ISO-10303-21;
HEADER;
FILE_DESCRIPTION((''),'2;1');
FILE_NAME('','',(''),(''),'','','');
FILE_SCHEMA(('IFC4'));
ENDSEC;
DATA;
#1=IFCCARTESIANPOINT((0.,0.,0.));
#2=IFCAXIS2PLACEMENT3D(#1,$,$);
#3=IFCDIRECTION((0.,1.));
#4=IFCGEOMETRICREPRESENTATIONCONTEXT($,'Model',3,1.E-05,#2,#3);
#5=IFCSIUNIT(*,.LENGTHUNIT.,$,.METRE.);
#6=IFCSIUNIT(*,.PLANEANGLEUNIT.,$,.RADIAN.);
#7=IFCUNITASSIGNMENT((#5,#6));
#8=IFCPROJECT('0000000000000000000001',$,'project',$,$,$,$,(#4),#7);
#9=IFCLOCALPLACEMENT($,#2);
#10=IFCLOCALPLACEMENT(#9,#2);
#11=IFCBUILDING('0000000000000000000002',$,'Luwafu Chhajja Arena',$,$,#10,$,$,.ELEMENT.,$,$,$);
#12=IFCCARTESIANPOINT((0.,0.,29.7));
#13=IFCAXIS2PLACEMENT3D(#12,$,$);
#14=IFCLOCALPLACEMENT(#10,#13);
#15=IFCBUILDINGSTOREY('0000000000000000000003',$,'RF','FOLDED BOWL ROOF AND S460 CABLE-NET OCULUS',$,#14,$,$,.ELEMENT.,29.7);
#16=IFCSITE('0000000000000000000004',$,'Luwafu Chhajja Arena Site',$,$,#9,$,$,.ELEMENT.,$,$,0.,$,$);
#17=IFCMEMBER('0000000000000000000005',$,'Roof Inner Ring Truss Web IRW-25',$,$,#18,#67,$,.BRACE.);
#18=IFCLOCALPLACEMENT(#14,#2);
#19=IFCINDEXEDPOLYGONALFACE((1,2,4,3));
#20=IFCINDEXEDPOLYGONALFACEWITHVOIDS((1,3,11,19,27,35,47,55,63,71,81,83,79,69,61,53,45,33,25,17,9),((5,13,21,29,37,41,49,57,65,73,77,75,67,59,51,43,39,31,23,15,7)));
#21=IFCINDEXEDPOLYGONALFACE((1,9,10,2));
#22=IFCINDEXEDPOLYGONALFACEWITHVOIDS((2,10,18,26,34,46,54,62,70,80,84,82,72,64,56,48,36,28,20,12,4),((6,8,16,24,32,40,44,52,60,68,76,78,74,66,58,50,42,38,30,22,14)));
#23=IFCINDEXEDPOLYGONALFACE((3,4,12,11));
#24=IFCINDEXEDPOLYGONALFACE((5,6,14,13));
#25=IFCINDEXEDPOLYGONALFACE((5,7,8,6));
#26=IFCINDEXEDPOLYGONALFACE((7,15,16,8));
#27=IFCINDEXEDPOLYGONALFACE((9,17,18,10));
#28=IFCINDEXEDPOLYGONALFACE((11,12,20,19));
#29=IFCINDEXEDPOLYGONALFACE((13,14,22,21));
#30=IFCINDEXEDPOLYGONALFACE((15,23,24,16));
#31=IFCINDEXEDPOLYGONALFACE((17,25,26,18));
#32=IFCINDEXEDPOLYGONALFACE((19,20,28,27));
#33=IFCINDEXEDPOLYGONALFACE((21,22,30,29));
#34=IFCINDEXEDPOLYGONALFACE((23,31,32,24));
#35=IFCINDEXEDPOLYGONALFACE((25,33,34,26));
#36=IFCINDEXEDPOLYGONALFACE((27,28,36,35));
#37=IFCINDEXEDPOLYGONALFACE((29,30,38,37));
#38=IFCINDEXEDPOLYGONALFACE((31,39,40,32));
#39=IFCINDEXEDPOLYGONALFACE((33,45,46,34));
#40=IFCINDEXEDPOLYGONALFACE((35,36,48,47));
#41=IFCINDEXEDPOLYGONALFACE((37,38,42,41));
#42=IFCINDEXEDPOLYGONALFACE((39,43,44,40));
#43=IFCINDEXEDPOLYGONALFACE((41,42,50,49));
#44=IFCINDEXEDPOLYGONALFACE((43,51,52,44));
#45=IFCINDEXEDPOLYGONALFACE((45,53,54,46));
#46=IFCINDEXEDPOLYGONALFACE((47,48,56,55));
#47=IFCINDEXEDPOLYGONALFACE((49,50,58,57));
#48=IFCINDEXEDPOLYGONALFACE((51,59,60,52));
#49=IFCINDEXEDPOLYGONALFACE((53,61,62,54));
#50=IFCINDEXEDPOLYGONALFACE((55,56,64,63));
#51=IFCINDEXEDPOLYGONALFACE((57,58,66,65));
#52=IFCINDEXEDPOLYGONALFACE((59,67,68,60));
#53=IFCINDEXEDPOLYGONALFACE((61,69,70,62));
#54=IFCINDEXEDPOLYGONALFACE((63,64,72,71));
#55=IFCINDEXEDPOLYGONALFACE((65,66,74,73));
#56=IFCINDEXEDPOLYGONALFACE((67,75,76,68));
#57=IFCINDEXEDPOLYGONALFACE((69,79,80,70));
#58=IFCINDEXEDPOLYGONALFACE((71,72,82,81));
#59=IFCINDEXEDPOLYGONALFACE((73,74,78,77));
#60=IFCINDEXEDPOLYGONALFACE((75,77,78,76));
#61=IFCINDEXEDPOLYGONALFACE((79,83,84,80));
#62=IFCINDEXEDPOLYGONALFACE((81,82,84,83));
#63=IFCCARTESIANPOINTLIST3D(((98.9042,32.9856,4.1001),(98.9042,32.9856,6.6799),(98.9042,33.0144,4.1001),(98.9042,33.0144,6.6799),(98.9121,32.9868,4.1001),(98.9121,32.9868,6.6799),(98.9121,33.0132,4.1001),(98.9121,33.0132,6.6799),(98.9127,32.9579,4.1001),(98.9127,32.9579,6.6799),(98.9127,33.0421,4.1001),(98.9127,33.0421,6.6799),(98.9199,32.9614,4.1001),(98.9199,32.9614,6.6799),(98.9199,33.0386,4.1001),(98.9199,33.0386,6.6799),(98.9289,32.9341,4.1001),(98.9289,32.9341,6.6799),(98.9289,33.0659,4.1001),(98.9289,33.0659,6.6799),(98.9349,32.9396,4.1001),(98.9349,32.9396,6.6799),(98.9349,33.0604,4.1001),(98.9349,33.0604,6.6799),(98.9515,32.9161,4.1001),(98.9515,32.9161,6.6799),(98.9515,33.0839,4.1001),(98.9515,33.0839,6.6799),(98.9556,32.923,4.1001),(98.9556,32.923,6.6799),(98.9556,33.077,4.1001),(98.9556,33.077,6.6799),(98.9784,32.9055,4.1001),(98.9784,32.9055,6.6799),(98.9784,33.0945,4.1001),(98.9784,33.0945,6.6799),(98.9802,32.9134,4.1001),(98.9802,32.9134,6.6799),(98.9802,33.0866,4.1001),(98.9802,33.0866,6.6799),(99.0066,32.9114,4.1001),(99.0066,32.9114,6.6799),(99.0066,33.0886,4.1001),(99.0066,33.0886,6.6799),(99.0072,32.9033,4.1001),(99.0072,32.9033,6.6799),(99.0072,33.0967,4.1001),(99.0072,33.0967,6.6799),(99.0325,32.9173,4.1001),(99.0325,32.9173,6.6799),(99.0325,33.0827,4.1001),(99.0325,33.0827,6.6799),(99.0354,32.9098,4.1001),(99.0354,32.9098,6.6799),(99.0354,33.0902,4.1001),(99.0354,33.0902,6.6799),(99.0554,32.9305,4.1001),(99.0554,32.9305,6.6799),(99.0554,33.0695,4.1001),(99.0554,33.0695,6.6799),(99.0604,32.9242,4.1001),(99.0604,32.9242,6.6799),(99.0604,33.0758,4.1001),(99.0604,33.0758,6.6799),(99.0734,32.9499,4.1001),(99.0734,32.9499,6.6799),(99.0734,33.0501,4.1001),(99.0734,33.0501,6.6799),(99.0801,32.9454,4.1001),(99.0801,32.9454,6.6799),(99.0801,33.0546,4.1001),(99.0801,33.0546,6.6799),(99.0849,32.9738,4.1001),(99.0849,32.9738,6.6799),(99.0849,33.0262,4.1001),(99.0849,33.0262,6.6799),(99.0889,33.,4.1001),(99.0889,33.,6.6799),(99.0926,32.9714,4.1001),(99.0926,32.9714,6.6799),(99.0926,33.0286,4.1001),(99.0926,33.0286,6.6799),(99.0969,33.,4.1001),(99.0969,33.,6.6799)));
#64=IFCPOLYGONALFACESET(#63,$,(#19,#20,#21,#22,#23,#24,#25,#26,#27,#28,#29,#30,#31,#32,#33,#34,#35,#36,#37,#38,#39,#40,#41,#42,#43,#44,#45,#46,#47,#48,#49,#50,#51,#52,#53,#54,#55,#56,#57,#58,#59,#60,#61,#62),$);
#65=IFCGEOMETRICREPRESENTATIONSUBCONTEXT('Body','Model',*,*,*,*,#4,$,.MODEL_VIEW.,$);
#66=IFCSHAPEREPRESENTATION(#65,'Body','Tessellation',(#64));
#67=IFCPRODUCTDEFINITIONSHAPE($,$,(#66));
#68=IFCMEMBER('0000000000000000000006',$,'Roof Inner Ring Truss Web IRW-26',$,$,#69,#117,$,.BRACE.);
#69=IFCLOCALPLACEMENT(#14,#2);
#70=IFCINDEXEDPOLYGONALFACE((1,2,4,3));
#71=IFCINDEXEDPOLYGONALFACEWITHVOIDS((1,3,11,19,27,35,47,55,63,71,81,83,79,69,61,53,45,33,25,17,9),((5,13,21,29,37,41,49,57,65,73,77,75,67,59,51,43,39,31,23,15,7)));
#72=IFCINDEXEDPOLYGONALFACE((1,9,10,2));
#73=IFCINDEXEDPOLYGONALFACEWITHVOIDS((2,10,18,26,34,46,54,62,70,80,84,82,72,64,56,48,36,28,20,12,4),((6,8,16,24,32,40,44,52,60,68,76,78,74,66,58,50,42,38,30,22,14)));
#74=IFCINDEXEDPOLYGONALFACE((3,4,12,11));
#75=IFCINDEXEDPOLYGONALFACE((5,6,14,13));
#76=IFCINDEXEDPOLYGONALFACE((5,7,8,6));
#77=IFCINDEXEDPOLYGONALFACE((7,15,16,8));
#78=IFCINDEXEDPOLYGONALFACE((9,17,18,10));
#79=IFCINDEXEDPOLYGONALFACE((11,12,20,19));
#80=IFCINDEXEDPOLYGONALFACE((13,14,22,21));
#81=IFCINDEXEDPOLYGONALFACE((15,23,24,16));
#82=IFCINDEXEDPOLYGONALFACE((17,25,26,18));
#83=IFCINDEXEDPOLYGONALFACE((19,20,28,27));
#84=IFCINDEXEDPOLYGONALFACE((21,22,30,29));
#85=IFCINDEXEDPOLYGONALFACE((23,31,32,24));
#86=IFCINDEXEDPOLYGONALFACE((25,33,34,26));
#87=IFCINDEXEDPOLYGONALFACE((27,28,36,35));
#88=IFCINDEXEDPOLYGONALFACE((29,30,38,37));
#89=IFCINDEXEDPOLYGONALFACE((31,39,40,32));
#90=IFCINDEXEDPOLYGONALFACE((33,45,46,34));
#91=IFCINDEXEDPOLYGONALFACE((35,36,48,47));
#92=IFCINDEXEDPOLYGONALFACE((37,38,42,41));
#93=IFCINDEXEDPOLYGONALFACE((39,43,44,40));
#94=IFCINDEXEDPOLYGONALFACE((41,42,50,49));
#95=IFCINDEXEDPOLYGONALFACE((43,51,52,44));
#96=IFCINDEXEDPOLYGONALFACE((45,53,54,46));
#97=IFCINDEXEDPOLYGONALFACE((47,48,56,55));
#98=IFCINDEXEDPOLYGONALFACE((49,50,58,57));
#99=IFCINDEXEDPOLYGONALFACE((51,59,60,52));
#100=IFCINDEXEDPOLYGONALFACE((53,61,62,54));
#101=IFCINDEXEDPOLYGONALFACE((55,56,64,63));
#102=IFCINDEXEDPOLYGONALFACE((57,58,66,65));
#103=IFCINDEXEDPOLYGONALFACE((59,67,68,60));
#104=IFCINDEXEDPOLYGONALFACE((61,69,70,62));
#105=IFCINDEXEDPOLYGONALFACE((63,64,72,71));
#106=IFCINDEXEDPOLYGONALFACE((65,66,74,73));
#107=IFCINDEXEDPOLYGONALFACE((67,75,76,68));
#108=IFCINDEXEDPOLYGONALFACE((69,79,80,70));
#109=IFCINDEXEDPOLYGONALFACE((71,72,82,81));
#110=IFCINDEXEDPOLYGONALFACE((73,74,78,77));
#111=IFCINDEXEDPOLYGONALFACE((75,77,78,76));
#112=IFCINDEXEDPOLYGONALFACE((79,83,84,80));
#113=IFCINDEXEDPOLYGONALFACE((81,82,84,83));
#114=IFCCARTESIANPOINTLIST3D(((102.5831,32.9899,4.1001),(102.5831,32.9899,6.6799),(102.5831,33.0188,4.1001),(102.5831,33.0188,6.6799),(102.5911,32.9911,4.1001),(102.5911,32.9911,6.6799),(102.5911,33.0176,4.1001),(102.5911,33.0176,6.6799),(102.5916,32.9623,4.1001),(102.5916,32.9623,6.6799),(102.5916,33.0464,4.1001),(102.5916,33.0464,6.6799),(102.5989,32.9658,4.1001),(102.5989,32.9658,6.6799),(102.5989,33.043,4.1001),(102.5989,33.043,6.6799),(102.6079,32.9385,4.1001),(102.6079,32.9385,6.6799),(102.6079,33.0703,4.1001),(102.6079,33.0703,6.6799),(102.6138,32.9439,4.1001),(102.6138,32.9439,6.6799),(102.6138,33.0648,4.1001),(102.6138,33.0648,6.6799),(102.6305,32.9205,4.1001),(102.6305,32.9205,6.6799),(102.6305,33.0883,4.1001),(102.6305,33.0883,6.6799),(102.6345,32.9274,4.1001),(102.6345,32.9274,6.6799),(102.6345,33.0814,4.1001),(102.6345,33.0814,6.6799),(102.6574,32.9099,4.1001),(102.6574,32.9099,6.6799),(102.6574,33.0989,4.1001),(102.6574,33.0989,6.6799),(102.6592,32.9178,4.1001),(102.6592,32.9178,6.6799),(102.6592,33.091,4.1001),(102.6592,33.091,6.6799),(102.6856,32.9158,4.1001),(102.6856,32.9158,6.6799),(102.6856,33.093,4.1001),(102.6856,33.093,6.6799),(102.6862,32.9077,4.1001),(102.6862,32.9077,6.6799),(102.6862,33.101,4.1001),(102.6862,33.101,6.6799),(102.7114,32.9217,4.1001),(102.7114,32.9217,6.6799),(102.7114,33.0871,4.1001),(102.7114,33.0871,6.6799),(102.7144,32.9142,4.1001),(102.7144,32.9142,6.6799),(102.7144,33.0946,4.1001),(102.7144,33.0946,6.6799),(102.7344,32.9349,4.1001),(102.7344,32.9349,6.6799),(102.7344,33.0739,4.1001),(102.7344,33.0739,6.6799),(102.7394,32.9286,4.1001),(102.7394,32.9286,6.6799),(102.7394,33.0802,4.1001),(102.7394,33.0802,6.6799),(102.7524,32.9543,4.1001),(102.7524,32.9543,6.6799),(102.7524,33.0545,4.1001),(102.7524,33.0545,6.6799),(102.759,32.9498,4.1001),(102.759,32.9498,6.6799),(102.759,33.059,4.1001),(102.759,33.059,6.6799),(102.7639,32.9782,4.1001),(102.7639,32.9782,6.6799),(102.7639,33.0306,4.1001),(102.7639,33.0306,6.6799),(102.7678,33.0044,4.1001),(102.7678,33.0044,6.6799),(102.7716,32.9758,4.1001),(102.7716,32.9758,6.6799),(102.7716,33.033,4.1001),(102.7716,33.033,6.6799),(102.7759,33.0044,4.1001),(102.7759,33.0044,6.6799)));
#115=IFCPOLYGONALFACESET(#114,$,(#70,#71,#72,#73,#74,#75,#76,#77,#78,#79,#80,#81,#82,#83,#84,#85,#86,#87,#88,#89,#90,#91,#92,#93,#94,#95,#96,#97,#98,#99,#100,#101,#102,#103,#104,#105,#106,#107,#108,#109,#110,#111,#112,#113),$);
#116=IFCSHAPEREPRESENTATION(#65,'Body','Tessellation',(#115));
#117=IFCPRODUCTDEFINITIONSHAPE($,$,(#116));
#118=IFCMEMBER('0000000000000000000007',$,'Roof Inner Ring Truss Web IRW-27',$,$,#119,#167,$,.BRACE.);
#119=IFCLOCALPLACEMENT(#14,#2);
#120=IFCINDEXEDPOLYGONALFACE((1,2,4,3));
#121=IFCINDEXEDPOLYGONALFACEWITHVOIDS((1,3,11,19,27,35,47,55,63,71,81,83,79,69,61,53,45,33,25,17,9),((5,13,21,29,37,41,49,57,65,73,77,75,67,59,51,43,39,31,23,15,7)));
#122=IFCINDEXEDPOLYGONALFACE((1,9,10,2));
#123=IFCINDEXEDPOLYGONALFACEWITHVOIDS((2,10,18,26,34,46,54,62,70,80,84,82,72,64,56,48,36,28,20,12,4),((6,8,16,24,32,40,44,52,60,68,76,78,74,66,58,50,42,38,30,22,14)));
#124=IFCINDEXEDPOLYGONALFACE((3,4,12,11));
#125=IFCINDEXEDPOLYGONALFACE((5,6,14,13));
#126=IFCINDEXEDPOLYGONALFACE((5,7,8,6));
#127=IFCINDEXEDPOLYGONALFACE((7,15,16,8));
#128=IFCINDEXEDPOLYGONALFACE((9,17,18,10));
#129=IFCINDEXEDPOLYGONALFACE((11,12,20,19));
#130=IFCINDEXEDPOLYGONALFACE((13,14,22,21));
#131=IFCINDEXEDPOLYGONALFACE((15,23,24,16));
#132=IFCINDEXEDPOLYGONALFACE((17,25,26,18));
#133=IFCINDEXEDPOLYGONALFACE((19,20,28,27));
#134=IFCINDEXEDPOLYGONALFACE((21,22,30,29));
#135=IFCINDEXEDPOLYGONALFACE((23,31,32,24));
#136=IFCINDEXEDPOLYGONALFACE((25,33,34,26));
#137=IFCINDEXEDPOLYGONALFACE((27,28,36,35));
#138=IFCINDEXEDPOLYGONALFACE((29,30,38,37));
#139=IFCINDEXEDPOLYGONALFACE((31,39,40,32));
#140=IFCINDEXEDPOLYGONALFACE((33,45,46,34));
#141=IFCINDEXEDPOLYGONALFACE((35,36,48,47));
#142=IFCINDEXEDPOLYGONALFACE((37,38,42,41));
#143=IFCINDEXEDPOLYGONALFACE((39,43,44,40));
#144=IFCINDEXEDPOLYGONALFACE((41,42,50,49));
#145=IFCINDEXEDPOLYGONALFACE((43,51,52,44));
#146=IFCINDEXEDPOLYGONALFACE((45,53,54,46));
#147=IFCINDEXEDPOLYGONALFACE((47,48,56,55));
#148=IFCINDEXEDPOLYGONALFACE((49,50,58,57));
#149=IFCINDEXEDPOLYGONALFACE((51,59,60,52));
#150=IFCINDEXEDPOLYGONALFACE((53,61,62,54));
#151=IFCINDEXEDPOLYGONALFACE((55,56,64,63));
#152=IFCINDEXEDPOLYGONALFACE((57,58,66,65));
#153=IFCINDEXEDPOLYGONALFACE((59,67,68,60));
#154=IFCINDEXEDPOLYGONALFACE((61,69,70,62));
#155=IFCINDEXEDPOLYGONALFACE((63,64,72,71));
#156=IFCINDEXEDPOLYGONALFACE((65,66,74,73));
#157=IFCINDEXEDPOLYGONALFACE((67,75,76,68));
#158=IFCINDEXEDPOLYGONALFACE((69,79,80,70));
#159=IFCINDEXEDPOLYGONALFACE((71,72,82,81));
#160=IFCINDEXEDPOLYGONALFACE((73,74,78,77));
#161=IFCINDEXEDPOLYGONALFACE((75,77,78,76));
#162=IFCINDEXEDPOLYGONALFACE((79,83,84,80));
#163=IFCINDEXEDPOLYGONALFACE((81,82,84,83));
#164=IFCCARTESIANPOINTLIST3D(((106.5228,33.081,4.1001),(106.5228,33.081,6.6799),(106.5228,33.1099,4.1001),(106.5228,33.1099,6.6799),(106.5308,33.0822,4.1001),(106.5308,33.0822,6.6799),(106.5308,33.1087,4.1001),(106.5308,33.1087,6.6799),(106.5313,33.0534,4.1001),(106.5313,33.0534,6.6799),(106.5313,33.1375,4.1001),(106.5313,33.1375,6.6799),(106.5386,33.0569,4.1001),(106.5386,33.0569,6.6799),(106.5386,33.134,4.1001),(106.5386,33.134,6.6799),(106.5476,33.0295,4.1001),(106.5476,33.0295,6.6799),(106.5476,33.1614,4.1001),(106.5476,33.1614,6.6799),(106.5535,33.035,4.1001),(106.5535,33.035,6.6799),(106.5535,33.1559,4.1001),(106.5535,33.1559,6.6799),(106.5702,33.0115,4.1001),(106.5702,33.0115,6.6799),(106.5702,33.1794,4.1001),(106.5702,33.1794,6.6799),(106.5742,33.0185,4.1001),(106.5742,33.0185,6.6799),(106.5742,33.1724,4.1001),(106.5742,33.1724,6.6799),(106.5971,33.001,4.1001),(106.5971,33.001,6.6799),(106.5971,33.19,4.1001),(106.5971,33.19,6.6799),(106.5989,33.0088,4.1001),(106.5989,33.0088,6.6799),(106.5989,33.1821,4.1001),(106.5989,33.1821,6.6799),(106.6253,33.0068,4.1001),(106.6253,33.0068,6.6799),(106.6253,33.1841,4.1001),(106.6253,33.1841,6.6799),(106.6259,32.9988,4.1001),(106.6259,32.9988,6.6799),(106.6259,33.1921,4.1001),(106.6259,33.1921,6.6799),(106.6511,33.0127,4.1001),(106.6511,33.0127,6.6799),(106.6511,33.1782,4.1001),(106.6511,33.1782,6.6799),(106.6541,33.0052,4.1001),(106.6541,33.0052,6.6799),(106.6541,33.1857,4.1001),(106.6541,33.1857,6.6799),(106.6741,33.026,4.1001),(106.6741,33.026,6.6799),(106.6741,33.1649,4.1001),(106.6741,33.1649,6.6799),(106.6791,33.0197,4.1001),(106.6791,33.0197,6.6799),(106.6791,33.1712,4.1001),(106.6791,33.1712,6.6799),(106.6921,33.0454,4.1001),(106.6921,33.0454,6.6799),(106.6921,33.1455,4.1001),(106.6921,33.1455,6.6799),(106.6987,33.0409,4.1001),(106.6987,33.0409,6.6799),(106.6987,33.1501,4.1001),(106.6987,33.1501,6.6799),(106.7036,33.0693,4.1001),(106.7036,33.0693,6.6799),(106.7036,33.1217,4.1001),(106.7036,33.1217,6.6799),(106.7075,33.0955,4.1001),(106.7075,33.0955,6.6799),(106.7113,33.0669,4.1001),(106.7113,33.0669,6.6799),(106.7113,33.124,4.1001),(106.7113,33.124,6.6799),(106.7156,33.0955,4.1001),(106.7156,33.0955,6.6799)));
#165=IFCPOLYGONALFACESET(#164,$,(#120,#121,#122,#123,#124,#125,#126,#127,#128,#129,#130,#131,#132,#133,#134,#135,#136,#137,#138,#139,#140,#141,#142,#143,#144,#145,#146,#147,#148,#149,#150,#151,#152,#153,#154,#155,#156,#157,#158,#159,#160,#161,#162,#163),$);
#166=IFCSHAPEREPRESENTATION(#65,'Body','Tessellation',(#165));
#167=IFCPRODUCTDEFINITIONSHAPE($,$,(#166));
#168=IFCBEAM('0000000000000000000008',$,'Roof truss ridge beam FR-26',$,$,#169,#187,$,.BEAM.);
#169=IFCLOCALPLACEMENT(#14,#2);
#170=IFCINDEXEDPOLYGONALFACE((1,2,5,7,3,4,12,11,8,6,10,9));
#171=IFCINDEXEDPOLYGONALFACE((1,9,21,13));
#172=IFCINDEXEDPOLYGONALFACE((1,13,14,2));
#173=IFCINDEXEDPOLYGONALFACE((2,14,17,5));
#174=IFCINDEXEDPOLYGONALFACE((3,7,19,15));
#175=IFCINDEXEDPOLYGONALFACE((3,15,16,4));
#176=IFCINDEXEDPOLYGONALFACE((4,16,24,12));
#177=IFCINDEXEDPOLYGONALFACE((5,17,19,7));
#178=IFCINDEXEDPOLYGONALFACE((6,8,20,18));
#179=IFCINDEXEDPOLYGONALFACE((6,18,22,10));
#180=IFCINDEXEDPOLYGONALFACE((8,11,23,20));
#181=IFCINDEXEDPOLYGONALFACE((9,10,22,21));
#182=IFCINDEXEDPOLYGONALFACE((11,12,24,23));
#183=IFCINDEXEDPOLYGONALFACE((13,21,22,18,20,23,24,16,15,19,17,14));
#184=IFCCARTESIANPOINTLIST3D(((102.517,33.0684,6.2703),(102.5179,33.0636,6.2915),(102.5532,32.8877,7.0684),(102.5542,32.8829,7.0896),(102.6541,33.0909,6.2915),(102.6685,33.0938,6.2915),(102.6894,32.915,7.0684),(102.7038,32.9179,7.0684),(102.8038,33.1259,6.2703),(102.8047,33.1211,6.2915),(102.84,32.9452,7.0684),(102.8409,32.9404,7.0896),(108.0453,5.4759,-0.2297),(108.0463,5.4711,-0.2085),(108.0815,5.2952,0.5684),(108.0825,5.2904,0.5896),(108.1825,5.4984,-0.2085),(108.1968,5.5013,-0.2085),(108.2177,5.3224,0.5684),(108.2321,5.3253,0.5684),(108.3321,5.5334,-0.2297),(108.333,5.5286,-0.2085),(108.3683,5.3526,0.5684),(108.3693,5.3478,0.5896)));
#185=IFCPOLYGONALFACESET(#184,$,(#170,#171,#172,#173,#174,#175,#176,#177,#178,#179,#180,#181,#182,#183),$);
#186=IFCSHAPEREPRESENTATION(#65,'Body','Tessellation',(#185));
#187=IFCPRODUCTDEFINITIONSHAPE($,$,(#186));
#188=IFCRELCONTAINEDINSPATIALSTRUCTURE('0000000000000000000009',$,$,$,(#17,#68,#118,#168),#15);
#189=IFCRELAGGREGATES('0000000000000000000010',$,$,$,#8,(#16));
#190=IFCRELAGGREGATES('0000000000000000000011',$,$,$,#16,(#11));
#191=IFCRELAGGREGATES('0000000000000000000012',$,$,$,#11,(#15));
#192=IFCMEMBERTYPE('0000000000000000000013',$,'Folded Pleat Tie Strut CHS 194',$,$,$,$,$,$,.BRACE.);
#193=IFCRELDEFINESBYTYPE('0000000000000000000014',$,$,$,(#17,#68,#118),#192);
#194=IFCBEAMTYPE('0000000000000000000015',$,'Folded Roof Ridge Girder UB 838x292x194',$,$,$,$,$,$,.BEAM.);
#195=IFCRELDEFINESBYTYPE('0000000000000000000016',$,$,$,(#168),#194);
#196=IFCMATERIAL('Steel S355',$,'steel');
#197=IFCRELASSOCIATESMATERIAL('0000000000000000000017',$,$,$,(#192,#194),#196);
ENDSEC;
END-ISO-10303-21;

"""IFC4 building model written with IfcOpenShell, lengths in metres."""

from ifc_helpers import new_model, si_unit, direction, frame, origin, origin_2d, place, context, subcontext, project, spatial, hollow_circle, i_section, extrude, material, material_profile, profile_set, type_object, element, save


model = new_model("IFC4")

# Units and contexts
model_context = context("Model", 3, precision=1e-05, world=origin(), true_north=direction((0.0, 1.0)))
body_context = subcontext(model_context, "Body", "Model", "MODEL_VIEW")
ifc_project = project(units=[si_unit("LENGTHUNIT", "METRE"), si_unit("PLANEANGLEUNIT", "RADIAN")], contexts=[model_context])

# Site, building, storey
site_placement = place(None, origin())
site = spatial("IfcSite", under=ifc_project, at=site_placement, Name="Luwafu Chhajja Arena Site", CompositionType="ELEMENT", RefElevation=0.0)
building_placement = place(site_placement, origin())
building = spatial("IfcBuilding", under=site, at=building_placement, Name="Luwafu Chhajja Arena", CompositionType="ELEMENT")
storey_placement = place(building_placement, frame((0.0, 0.0, 29.7)))
storey = spatial("IfcBuildingStorey", under=building, at=storey_placement, Name="RF", Description="FOLDED BOWL ROOF AND S460 CABLE-NET OCULUS", CompositionType="ELEMENT", Elevation=29.7)

# Members
ifc_material_1 = material(Name="Steel S355", Category="steel")
ifc_material_profile_1 = material_profile(ifc_material_1, hollow_circle(Radius=0.0969, WallThickness=0.0081, at=origin_2d()), Name="CHS 193.7x8")
ifc_profile_set_1 = profile_set([ifc_material_profile_1], Name="Steel S355")
member_type_1 = type_object("IfcMemberType", Name="Folded Pleat Tie Strut CHS 194", PredefinedType="BRACE", material=ifc_profile_set_1)
for number, where, z_axis, x_axis, name in (
    (1, (99.0, 33.0, 4.1001), (0.0, 0.0, 1.0), (1.0, 0.0, 0.0), "Roof Inner Ring Truss Web IRW-25"),
    (2, (102.679, 33.0044, 4.1001), (0.0, 0.0, 1.0), (1.0, 0.0, 0.0), "Roof Inner Ring Truss Web IRW-26"),
    (3, (106.6187, 33.0955, 4.1001), (0.0, 0.0, 1.0), (1.0, 0.0, 0.0), "Roof Inner Ring Truss Web IRW-27"),
):
    element("IfcMember", number, at=place(storey_placement, frame(where, z_axis=z_axis, x_axis=x_axis)), inside=storey, type_object=member_type_1, Name=name, PredefinedType="BRACE", context=body_context, shape_type="SweptSolid", body=[
        extrude(hollow_circle(Radius=0.0969, WallThickness=0.0081, at=origin_2d()), origin(), (0.0, 0.0, 1.0), 2.5798),
    ])

# Beam
ifc_material_profile_2 = material_profile(ifc_material_1, i_section(OverallWidth=0.2925, OverallDepth=0.8408, WebThickness=0.0146, FlangeThickness=0.0217, at=origin_2d()), Name="UB 838x292x194")
ifc_profile_set_2 = profile_set([ifc_material_profile_2], Name="Steel S355")
beam_type_1 = type_object("IfcBeamType", Name="Folded Roof Ridge Girder UB 838x292x194", PredefinedType="BEAM", material=ifc_profile_set_2)
beam_1_placement = place(storey_placement, frame((108.2073, 5.4119, 0.1799), z_axis=(-0.191412, 0.95536, 0.225055), x_axis=(-0.980514, -0.196451, 0.0)))
element("IfcBeam", 4, at=beam_1_placement, inside=storey, type_object=beam_type_1, Name="Roof truss ridge beam FR-26", PredefinedType="BEAM", context=body_context, shape_type="SweptSolid", body=[
    extrude(i_section(OverallWidth=0.2925, OverallDepth=0.8408, WebThickness=0.0146, FlangeThickness=0.0217, at=origin_2d()), origin(), (0.0, 0.0, 1.0), 28.8818),
])

save(model, "model.ifc")
